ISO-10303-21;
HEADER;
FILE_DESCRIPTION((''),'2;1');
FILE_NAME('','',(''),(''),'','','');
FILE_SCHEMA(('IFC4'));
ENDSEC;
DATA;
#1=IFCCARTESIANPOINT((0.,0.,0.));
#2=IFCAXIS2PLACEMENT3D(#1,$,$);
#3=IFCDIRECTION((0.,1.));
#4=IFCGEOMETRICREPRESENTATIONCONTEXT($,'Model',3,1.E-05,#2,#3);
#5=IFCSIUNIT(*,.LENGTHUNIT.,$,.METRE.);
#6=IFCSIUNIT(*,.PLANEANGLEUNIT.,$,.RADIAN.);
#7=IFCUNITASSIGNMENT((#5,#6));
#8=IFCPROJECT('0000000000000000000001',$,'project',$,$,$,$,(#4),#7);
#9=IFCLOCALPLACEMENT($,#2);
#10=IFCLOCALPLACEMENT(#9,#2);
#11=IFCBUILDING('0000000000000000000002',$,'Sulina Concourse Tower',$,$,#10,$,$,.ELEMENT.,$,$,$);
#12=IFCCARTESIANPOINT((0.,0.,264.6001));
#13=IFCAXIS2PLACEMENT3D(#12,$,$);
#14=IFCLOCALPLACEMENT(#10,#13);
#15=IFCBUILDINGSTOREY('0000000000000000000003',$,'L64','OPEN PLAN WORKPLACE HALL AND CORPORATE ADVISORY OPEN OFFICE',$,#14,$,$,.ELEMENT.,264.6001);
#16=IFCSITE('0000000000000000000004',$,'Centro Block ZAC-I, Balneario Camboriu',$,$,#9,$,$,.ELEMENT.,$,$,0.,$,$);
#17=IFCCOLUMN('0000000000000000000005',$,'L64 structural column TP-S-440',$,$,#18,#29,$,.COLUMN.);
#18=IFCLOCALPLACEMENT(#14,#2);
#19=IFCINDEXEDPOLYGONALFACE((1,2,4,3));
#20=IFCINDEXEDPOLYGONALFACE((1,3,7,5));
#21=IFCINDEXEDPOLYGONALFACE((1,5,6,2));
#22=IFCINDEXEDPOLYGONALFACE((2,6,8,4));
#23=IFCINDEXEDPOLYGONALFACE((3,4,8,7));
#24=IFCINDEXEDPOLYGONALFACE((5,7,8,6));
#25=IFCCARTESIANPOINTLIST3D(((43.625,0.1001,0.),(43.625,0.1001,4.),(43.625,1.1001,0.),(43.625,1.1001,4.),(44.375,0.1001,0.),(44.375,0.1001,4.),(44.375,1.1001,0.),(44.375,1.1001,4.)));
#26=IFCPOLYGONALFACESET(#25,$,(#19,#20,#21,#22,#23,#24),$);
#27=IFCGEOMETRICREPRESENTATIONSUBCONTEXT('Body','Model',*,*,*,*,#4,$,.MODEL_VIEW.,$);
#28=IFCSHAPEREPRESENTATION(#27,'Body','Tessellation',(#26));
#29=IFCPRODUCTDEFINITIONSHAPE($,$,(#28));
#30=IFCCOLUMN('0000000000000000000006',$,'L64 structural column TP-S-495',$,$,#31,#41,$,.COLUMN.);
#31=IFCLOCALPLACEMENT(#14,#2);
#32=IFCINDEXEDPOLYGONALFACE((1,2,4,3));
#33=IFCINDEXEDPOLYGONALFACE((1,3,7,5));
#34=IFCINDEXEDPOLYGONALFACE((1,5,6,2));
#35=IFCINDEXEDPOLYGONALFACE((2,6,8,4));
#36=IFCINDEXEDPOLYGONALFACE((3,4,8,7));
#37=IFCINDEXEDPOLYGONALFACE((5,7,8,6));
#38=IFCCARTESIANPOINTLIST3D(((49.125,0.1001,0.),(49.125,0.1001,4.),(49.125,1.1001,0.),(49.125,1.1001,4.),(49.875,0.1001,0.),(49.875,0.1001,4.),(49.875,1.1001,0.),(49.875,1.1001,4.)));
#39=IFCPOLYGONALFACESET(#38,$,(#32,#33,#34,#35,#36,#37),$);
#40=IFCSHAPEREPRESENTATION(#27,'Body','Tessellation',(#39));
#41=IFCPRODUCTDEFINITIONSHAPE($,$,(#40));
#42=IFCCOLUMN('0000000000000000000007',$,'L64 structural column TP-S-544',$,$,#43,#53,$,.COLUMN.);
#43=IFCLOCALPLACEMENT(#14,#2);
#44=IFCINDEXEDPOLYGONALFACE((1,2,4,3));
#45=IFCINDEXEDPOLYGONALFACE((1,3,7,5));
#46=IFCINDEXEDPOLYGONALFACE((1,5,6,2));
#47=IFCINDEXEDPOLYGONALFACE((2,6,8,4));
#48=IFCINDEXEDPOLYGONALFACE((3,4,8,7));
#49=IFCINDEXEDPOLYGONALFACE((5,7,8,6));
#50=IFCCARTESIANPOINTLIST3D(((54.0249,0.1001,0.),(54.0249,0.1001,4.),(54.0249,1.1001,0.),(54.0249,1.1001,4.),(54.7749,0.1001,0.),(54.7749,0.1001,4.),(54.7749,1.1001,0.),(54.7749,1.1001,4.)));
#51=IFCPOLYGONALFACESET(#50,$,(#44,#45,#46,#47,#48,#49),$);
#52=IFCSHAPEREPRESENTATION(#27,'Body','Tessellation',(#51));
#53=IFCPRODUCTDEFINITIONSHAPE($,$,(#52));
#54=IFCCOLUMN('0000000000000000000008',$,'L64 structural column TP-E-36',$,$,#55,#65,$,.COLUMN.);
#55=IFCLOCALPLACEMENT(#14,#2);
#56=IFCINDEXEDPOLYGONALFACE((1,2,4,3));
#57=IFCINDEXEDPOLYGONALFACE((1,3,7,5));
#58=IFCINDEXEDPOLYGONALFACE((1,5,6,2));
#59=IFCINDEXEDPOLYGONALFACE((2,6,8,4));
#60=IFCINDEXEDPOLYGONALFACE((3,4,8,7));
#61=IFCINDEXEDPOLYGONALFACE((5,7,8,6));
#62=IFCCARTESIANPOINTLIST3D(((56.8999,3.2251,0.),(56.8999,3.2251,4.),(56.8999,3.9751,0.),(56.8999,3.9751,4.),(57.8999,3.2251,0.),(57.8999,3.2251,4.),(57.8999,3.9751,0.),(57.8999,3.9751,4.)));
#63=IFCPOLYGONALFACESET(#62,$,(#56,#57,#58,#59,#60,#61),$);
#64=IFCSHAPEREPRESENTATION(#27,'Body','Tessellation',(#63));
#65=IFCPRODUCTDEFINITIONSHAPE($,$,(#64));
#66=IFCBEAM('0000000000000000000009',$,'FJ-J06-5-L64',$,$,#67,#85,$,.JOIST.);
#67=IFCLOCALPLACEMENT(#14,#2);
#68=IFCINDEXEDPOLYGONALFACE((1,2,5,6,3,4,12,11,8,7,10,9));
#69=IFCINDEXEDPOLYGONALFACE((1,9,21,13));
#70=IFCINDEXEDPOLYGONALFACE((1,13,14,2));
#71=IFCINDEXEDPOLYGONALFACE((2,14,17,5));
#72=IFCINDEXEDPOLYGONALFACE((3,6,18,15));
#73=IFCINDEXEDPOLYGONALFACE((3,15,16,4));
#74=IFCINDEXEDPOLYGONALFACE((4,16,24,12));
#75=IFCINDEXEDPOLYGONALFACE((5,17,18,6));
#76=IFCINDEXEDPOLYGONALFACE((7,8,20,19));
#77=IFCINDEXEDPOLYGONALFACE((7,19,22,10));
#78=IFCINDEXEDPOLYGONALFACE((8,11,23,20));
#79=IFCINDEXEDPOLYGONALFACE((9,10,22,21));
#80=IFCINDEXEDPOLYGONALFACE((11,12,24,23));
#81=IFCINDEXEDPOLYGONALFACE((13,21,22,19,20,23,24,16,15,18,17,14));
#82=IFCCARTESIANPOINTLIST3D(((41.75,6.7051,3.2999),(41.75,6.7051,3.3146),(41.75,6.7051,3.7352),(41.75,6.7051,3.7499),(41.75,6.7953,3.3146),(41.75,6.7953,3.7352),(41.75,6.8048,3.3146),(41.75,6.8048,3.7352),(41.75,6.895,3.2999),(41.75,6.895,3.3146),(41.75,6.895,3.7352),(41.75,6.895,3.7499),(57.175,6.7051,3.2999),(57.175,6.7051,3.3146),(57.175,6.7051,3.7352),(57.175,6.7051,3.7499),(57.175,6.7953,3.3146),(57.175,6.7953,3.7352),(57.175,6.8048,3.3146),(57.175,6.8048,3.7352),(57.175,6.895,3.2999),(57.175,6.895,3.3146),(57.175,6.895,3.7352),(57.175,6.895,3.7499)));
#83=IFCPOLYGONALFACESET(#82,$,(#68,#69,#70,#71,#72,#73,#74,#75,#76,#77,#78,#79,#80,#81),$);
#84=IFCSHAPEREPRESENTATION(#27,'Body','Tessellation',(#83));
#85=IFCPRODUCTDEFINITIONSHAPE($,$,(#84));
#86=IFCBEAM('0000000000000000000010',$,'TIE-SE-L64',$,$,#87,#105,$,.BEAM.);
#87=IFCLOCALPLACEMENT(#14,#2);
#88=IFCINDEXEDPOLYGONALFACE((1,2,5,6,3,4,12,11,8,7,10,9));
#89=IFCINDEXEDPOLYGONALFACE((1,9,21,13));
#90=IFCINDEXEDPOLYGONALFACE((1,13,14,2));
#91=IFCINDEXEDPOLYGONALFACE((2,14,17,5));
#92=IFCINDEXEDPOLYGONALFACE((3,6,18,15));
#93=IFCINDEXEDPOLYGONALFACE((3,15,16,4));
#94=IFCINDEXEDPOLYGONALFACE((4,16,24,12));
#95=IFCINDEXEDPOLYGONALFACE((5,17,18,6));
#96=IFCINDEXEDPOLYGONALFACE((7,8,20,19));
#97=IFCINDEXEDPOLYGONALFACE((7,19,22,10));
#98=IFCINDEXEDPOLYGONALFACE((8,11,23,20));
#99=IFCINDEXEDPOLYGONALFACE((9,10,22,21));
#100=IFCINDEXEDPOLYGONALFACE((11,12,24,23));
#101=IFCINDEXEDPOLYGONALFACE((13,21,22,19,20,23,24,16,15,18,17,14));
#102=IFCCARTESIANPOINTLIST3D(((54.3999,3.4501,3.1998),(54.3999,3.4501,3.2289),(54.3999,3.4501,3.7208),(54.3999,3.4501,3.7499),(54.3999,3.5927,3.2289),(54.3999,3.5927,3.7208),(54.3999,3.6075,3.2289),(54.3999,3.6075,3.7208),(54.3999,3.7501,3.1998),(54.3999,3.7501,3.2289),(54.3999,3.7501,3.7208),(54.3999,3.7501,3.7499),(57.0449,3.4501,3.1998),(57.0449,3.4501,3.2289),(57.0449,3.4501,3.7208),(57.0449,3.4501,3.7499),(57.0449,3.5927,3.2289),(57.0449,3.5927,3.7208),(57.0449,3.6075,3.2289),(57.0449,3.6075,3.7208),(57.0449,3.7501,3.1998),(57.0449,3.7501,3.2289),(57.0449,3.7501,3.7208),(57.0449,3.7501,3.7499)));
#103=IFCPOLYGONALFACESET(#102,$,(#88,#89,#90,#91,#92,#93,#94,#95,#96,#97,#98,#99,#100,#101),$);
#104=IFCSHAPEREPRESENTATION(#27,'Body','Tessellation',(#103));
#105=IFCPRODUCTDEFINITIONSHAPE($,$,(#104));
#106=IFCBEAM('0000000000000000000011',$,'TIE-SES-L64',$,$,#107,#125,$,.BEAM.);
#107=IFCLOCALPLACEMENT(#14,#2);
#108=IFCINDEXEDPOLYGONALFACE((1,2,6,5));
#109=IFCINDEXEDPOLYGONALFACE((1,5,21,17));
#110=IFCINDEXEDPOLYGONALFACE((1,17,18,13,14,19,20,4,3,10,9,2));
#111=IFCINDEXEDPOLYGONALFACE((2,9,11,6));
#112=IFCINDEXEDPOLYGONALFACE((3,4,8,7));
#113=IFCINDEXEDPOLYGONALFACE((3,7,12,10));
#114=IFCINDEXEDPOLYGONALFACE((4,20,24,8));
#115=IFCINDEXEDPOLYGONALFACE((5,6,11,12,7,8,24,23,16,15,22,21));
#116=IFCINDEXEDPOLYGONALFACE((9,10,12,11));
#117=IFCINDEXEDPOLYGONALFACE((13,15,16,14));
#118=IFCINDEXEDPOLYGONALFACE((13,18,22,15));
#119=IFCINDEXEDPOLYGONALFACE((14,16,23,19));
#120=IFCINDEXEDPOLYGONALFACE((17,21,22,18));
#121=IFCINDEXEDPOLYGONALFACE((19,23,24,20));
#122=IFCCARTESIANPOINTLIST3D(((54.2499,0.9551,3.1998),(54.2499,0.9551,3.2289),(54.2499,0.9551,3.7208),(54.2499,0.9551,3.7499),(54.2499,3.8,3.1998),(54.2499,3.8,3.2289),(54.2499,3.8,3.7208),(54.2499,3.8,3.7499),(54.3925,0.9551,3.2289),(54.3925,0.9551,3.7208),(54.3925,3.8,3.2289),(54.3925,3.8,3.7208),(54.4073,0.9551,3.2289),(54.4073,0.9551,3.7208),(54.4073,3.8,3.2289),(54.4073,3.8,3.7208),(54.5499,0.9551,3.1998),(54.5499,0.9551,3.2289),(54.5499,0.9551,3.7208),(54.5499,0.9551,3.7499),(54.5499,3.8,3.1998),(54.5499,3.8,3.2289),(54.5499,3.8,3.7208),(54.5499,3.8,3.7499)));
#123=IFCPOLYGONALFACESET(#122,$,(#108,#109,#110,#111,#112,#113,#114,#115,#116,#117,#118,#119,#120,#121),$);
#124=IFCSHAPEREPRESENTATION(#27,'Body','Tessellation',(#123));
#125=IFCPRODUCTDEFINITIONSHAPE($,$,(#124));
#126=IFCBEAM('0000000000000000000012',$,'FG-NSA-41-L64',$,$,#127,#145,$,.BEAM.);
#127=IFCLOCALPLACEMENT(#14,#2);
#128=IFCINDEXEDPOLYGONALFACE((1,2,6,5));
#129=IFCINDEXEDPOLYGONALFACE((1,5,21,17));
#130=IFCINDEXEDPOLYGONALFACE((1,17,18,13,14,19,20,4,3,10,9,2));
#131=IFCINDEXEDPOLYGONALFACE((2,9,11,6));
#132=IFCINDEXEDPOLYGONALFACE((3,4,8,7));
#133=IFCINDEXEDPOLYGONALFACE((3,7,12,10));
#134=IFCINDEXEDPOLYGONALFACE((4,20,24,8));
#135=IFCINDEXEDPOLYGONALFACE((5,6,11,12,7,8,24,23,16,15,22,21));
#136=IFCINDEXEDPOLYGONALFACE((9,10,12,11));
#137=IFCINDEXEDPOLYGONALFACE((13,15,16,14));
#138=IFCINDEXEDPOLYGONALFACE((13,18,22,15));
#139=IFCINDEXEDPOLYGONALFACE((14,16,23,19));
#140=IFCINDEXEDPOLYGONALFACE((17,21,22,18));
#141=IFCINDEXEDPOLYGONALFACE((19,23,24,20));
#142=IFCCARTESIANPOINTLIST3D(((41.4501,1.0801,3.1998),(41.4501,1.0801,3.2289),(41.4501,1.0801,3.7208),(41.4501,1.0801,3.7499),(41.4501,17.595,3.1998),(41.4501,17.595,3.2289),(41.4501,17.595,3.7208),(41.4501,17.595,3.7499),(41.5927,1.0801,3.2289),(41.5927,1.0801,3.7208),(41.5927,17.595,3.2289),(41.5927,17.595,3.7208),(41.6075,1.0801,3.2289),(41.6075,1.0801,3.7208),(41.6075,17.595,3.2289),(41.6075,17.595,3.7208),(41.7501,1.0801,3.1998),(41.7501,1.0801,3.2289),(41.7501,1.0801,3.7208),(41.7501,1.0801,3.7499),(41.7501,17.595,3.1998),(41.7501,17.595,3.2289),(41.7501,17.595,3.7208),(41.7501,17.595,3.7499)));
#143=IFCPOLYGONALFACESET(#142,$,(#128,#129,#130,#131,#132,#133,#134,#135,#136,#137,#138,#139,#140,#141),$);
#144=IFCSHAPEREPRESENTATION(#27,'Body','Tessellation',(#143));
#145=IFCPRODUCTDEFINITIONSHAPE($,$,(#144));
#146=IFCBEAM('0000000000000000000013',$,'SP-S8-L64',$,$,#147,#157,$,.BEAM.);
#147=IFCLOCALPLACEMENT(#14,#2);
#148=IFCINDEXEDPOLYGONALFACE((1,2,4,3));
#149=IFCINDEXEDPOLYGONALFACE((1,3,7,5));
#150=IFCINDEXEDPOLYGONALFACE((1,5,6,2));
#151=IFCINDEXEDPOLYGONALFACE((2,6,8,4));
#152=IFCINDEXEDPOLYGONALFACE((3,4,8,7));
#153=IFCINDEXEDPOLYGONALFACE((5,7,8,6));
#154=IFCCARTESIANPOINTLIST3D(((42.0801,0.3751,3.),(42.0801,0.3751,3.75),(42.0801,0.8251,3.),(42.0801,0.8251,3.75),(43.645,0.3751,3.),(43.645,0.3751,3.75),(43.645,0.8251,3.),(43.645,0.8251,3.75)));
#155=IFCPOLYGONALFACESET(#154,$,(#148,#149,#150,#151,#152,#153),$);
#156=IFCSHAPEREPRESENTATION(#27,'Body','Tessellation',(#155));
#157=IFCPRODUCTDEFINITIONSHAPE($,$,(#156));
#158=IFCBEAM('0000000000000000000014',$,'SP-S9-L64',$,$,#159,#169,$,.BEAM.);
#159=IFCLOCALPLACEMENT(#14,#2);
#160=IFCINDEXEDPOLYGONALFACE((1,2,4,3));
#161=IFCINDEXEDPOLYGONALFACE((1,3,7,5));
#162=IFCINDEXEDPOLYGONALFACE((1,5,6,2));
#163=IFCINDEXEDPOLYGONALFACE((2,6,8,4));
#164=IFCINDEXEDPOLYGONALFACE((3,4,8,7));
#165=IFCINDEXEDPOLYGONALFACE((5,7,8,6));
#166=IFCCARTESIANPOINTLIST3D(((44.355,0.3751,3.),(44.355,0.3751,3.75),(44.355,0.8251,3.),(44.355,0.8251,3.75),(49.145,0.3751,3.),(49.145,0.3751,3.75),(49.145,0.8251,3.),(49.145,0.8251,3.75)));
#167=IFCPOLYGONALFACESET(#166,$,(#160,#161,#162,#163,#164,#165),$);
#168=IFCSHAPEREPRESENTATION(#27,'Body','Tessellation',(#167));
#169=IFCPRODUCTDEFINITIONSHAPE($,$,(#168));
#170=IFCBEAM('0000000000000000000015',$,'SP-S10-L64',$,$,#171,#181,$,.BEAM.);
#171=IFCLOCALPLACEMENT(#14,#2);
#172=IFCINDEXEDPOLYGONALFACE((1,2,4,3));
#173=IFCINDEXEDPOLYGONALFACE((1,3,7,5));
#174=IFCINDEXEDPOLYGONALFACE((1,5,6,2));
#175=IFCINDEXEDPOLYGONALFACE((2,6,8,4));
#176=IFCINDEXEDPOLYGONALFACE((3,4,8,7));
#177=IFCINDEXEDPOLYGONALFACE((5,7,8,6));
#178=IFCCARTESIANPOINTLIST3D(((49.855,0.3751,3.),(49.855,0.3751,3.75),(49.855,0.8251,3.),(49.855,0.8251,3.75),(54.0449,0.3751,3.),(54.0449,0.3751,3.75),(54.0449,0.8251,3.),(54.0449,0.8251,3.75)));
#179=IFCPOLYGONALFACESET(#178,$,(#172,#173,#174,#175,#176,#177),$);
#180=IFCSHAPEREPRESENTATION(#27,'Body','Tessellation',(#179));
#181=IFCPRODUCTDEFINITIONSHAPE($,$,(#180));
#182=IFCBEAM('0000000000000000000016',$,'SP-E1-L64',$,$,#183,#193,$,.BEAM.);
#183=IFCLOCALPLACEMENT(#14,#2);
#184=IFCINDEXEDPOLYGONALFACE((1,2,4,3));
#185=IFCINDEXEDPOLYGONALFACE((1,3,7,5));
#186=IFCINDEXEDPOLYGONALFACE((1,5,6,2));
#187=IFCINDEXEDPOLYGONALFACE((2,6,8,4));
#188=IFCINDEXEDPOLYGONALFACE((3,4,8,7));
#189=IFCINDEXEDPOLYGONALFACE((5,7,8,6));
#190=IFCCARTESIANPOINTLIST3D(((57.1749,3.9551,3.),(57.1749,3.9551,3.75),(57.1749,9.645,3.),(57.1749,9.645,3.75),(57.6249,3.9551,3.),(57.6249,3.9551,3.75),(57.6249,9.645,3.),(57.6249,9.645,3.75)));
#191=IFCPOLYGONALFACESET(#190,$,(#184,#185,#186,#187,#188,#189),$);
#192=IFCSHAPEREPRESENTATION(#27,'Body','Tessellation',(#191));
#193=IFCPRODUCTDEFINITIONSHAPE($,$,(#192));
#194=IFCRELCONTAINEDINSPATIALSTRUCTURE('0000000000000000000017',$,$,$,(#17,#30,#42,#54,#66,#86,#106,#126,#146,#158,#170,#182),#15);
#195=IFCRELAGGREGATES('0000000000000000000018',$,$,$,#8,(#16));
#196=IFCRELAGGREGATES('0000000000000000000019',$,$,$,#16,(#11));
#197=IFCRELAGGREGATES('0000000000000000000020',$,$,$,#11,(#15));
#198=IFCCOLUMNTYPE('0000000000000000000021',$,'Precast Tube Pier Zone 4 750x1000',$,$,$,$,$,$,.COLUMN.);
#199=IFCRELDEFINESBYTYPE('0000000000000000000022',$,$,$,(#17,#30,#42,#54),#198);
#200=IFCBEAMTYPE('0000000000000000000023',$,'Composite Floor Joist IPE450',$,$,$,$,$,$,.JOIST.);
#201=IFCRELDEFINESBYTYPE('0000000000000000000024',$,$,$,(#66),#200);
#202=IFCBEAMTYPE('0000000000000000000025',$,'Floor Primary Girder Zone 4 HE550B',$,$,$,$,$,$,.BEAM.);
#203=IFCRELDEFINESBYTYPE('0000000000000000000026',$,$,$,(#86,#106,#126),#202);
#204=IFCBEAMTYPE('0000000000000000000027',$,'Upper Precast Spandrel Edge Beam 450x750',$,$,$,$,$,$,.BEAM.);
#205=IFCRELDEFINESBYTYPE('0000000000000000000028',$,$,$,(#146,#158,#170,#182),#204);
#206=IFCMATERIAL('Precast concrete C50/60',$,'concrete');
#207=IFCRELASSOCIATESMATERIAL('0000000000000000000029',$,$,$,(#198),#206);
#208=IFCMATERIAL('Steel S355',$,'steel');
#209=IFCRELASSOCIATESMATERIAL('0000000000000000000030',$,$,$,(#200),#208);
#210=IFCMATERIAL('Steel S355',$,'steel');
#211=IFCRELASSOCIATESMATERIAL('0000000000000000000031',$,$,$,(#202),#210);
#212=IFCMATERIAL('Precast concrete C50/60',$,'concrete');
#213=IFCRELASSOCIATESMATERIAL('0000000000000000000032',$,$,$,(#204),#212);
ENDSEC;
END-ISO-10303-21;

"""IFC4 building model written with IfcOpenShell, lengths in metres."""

from ifc_helpers import new_model, si_unit, direction, frame, origin, origin_2d, place, context, subcontext, project, spatial, rectangle, i_section, extrude, material, material_profile, profile_set, type_object, element, save


model = new_model("IFC4")

# Units and contexts
model_context = context("Model", 3, precision=1e-05, world=origin(), true_north=direction((0.0, 1.0)))
body_context = subcontext(model_context, "Body", "Model", "MODEL_VIEW")
ifc_project = project(units=[si_unit("LENGTHUNIT", "METRE"), si_unit("PLANEANGLEUNIT", "RADIAN")], contexts=[model_context])

# Site, building, storey
site_placement = place(None, origin())
site = spatial("IfcSite", under=ifc_project, at=site_placement, Name="Centro Block ZAC-I, Balneario Camboriu", CompositionType="ELEMENT", RefElevation=0.0)
building_placement = place(site_placement, origin())
building = spatial("IfcBuilding", under=site, at=building_placement, Name="Sulina Concourse Tower", CompositionType="ELEMENT")
storey_placement = place(building_placement, frame((0.0, 0.0, 264.6001)))
storey = spatial("IfcBuildingStorey", under=building, at=storey_placement, Name="L64", Description="OPEN PLAN WORKPLACE HALL AND CORPORATE ADVISORY OPEN OFFICE", CompositionType="ELEMENT", Elevation=264.6001)

# Columns
ifc_material_1 = material(Name="Precast concrete C50/60", Category="concrete")
ifc_material_profile_1 = material_profile(ifc_material_1, rectangle(XDim=0.75, YDim=1.0, at=origin_2d()), Name="PC 750x1000")
ifc_profile_set_1 = profile_set([ifc_material_profile_1], Name="Precast concrete C50/60")
column_type = type_object("IfcColumnType", Name="Precast Tube Pier Zone 4 750x1000", PredefinedType="COLUMN", material=ifc_profile_set_1)
for number, where, z_axis, x_axis, name in (
    (1, (44.0, 0.6001, 0.0), (0.0, 0.0, 1.0), (1.0, 0.0, 0.0), "L64 structural column TP-S-440"),
    (2, (49.5, 0.6001, 0.0), (0.0, 0.0, 1.0), (1.0, 0.0, 0.0), "L64 structural column TP-S-495"),
    (3, (54.3999, 0.6001, 0.0), (0.0, 0.0, 1.0), (1.0, 0.0, 0.0), "L64 structural column TP-S-544"),
    (4, (57.3999, 3.6001, 0.0), (0.0, 0.0, 1.0), (0.0, 1.0, 0.0), "L64 structural column TP-E-36"),
):
    element("IfcColumn", number, at=place(storey_placement, frame(where, z_axis=z_axis, x_axis=x_axis)), inside=storey, type_object=column_type, Name=name, PredefinedType="COLUMN", context=body_context, shape_type="SweptSolid", body=[
        extrude(rectangle(XDim=0.75, YDim=1.0, at=origin_2d()), origin(), (0.0, 0.0, 1.0), 4.0),
    ])

# Beams
ifc_material_2 = material(Name="Steel S355", Category="steel")
ifc_material_profile_2 = material_profile(ifc_material_2, i_section(OverallWidth=0.1899, OverallDepth=0.45, WebThickness=0.0095, FlangeThickness=0.0146, at=origin_2d()), Name="IPE 450")
ifc_profile_set_2 = profile_set([ifc_material_profile_2], Name="Steel S355")
beam_type_1 = type_object("IfcBeamType", Name="Composite Floor Joist IPE450", PredefinedType="JOIST", material=ifc_profile_set_2)
beam_1_placement = place(storey_placement, frame((41.75, 6.8, 3.5249), z_axis=(1.0, 0.0, 0.0), x_axis=(0.0, 1.0, 0.0)))
element("IfcBeam", 5, at=beam_1_placement, inside=storey, type_object=beam_type_1, Name="FJ-J06-5-L64", PredefinedType="JOIST", context=body_context, shape_type="SweptSolid", body=[
    extrude(i_section(OverallWidth=0.1899, OverallDepth=0.45, WebThickness=0.0095, FlangeThickness=0.0146, at=origin_2d()), origin(), (0.0, 0.0, 1.0), 15.425),
])
ifc_material_3 = material(Name="Steel S355", Category="steel")
ifc_material_profile_3 = material_profile(ifc_material_3, i_section(OverallWidth=0.3, OverallDepth=0.55, WebThickness=0.0149, FlangeThickness=0.0291, at=origin_2d()), Name="HE 550 B")
ifc_profile_set_3 = profile_set([ifc_material_profile_3], Name="Steel S355")
beam_type_2 = type_object("IfcBeamType", Name="Floor Primary Girder Zone 4 HE550B", PredefinedType="BEAM", material=ifc_profile_set_3)
beam_2_placement = place(storey_placement, frame((54.3999, 3.6001, 3.4749), z_axis=(1.0, 0.0, 0.0), x_axis=(0.0, 1.0, 0.0)))
element("IfcBeam", 6, at=beam_2_placement, inside=storey, type_object=beam_type_2, Name="TIE-SE-L64", PredefinedType="BEAM", context=body_context, shape_type="SweptSolid", body=[
    extrude(i_section(OverallWidth=0.3, OverallDepth=0.55, WebThickness=0.0149, FlangeThickness=0.0291, at=origin_2d()), origin(), (0.0, 0.0, 1.0), 2.645),
])
beam_3_placement = place(storey_placement, frame((54.3999, 0.9551, 3.4749), z_axis=(0.0, 1.0, 0.0), x_axis=(-1.0, 0.0, 0.0)))
element("IfcBeam", 7, at=beam_3_placement, inside=storey, type_object=beam_type_2, Name="TIE-SES-L64", PredefinedType="BEAM", context=body_context, shape_type="SweptSolid", body=[
    extrude(i_section(OverallWidth=0.3, OverallDepth=0.55, WebThickness=0.0149, FlangeThickness=0.0291, at=origin_2d()), origin(), (0.0, 0.0, 1.0), 2.845),
])
beam_4_placement = place(storey_placement, frame((41.6001, 1.0801, 3.4749), z_axis=(0.0, 1.0, 0.0), x_axis=(-1.0, 0.0, 0.0)))
element("IfcBeam", 8, at=beam_4_placement, inside=storey, type_object=beam_type_2, Name="FG-NSA-41-L64", PredefinedType="BEAM", context=body_context, shape_type="SweptSolid", body=[
    extrude(i_section(OverallWidth=0.3, OverallDepth=0.55, WebThickness=0.0149, FlangeThickness=0.0291, at=origin_2d()), origin(), (0.0, 0.0, 1.0), 16.5149),
])
ifc_material_4 = material(Name="Precast concrete C50/60", Category="concrete")
ifc_material_profile_4 = material_profile(ifc_material_4, rectangle(XDim=0.45, YDim=0.75, at=origin_2d()), Name="RC 450x750")
ifc_profile_set_4 = profile_set([ifc_material_profile_4], Name="Precast concrete C50/60")
beam_type_3 = type_object("IfcBeamType", Name="Upper Precast Spandrel Edge Beam 450x750", PredefinedType="BEAM", material=ifc_profile_set_4)
beam_5_placement = place(storey_placement, frame((42.0801, 0.6001, 3.375), z_axis=(1.0, 0.0, 0.0), x_axis=(0.0, 1.0, 0.0)))
element("IfcBeam", 9, at=beam_5_placement, inside=storey, type_object=beam_type_3, Name="SP-S8-L64", PredefinedType="BEAM", context=body_context, shape_type="SweptSolid", body=[
    extrude(rectangle(XDim=0.45, YDim=0.75, at=origin_2d()), origin(), (0.0, 0.0, 1.0), 1.5649),
])
beam_6_placement = place(storey_placement, frame((44.355, 0.6001, 3.375), z_axis=(1.0, 0.0, 0.0), x_axis=(0.0, 1.0, 0.0)))
element("IfcBeam", 10, at=beam_6_placement, inside=storey, type_object=beam_type_3, Name="SP-S9-L64", PredefinedType="BEAM", context=body_context, shape_type="SweptSolid", body=[
    extrude(rectangle(XDim=0.45, YDim=0.75, at=origin_2d()), origin(), (0.0, 0.0, 1.0), 4.79),
])
beam_7_placement = place(storey_placement, frame((49.855, 0.6001, 3.375), z_axis=(1.0, 0.0, 0.0), x_axis=(0.0, 1.0, 0.0)))
element("IfcBeam", 11, at=beam_7_placement, inside=storey, type_object=beam_type_3, Name="SP-S10-L64", PredefinedType="BEAM", context=body_context, shape_type="SweptSolid", body=[
    extrude(rectangle(XDim=0.45, YDim=0.75, at=origin_2d()), origin(), (0.0, 0.0, 1.0), 4.1899),
])
beam_8_placement = place(storey_placement, frame((57.3999, 3.9551, 3.375), z_axis=(0.0, 1.0, 0.0), x_axis=(-1.0, 0.0, 0.0)))
element("IfcBeam", 12, at=beam_8_placement, inside=storey, type_object=beam_type_3, Name="SP-E1-L64", PredefinedType="BEAM", context=body_context, shape_type="SweptSolid", body=[
    extrude(rectangle(XDim=0.45, YDim=0.75, at=origin_2d()), origin(), (0.0, 0.0, 1.0), 5.6899),
])

save(model, "model.ifc")
